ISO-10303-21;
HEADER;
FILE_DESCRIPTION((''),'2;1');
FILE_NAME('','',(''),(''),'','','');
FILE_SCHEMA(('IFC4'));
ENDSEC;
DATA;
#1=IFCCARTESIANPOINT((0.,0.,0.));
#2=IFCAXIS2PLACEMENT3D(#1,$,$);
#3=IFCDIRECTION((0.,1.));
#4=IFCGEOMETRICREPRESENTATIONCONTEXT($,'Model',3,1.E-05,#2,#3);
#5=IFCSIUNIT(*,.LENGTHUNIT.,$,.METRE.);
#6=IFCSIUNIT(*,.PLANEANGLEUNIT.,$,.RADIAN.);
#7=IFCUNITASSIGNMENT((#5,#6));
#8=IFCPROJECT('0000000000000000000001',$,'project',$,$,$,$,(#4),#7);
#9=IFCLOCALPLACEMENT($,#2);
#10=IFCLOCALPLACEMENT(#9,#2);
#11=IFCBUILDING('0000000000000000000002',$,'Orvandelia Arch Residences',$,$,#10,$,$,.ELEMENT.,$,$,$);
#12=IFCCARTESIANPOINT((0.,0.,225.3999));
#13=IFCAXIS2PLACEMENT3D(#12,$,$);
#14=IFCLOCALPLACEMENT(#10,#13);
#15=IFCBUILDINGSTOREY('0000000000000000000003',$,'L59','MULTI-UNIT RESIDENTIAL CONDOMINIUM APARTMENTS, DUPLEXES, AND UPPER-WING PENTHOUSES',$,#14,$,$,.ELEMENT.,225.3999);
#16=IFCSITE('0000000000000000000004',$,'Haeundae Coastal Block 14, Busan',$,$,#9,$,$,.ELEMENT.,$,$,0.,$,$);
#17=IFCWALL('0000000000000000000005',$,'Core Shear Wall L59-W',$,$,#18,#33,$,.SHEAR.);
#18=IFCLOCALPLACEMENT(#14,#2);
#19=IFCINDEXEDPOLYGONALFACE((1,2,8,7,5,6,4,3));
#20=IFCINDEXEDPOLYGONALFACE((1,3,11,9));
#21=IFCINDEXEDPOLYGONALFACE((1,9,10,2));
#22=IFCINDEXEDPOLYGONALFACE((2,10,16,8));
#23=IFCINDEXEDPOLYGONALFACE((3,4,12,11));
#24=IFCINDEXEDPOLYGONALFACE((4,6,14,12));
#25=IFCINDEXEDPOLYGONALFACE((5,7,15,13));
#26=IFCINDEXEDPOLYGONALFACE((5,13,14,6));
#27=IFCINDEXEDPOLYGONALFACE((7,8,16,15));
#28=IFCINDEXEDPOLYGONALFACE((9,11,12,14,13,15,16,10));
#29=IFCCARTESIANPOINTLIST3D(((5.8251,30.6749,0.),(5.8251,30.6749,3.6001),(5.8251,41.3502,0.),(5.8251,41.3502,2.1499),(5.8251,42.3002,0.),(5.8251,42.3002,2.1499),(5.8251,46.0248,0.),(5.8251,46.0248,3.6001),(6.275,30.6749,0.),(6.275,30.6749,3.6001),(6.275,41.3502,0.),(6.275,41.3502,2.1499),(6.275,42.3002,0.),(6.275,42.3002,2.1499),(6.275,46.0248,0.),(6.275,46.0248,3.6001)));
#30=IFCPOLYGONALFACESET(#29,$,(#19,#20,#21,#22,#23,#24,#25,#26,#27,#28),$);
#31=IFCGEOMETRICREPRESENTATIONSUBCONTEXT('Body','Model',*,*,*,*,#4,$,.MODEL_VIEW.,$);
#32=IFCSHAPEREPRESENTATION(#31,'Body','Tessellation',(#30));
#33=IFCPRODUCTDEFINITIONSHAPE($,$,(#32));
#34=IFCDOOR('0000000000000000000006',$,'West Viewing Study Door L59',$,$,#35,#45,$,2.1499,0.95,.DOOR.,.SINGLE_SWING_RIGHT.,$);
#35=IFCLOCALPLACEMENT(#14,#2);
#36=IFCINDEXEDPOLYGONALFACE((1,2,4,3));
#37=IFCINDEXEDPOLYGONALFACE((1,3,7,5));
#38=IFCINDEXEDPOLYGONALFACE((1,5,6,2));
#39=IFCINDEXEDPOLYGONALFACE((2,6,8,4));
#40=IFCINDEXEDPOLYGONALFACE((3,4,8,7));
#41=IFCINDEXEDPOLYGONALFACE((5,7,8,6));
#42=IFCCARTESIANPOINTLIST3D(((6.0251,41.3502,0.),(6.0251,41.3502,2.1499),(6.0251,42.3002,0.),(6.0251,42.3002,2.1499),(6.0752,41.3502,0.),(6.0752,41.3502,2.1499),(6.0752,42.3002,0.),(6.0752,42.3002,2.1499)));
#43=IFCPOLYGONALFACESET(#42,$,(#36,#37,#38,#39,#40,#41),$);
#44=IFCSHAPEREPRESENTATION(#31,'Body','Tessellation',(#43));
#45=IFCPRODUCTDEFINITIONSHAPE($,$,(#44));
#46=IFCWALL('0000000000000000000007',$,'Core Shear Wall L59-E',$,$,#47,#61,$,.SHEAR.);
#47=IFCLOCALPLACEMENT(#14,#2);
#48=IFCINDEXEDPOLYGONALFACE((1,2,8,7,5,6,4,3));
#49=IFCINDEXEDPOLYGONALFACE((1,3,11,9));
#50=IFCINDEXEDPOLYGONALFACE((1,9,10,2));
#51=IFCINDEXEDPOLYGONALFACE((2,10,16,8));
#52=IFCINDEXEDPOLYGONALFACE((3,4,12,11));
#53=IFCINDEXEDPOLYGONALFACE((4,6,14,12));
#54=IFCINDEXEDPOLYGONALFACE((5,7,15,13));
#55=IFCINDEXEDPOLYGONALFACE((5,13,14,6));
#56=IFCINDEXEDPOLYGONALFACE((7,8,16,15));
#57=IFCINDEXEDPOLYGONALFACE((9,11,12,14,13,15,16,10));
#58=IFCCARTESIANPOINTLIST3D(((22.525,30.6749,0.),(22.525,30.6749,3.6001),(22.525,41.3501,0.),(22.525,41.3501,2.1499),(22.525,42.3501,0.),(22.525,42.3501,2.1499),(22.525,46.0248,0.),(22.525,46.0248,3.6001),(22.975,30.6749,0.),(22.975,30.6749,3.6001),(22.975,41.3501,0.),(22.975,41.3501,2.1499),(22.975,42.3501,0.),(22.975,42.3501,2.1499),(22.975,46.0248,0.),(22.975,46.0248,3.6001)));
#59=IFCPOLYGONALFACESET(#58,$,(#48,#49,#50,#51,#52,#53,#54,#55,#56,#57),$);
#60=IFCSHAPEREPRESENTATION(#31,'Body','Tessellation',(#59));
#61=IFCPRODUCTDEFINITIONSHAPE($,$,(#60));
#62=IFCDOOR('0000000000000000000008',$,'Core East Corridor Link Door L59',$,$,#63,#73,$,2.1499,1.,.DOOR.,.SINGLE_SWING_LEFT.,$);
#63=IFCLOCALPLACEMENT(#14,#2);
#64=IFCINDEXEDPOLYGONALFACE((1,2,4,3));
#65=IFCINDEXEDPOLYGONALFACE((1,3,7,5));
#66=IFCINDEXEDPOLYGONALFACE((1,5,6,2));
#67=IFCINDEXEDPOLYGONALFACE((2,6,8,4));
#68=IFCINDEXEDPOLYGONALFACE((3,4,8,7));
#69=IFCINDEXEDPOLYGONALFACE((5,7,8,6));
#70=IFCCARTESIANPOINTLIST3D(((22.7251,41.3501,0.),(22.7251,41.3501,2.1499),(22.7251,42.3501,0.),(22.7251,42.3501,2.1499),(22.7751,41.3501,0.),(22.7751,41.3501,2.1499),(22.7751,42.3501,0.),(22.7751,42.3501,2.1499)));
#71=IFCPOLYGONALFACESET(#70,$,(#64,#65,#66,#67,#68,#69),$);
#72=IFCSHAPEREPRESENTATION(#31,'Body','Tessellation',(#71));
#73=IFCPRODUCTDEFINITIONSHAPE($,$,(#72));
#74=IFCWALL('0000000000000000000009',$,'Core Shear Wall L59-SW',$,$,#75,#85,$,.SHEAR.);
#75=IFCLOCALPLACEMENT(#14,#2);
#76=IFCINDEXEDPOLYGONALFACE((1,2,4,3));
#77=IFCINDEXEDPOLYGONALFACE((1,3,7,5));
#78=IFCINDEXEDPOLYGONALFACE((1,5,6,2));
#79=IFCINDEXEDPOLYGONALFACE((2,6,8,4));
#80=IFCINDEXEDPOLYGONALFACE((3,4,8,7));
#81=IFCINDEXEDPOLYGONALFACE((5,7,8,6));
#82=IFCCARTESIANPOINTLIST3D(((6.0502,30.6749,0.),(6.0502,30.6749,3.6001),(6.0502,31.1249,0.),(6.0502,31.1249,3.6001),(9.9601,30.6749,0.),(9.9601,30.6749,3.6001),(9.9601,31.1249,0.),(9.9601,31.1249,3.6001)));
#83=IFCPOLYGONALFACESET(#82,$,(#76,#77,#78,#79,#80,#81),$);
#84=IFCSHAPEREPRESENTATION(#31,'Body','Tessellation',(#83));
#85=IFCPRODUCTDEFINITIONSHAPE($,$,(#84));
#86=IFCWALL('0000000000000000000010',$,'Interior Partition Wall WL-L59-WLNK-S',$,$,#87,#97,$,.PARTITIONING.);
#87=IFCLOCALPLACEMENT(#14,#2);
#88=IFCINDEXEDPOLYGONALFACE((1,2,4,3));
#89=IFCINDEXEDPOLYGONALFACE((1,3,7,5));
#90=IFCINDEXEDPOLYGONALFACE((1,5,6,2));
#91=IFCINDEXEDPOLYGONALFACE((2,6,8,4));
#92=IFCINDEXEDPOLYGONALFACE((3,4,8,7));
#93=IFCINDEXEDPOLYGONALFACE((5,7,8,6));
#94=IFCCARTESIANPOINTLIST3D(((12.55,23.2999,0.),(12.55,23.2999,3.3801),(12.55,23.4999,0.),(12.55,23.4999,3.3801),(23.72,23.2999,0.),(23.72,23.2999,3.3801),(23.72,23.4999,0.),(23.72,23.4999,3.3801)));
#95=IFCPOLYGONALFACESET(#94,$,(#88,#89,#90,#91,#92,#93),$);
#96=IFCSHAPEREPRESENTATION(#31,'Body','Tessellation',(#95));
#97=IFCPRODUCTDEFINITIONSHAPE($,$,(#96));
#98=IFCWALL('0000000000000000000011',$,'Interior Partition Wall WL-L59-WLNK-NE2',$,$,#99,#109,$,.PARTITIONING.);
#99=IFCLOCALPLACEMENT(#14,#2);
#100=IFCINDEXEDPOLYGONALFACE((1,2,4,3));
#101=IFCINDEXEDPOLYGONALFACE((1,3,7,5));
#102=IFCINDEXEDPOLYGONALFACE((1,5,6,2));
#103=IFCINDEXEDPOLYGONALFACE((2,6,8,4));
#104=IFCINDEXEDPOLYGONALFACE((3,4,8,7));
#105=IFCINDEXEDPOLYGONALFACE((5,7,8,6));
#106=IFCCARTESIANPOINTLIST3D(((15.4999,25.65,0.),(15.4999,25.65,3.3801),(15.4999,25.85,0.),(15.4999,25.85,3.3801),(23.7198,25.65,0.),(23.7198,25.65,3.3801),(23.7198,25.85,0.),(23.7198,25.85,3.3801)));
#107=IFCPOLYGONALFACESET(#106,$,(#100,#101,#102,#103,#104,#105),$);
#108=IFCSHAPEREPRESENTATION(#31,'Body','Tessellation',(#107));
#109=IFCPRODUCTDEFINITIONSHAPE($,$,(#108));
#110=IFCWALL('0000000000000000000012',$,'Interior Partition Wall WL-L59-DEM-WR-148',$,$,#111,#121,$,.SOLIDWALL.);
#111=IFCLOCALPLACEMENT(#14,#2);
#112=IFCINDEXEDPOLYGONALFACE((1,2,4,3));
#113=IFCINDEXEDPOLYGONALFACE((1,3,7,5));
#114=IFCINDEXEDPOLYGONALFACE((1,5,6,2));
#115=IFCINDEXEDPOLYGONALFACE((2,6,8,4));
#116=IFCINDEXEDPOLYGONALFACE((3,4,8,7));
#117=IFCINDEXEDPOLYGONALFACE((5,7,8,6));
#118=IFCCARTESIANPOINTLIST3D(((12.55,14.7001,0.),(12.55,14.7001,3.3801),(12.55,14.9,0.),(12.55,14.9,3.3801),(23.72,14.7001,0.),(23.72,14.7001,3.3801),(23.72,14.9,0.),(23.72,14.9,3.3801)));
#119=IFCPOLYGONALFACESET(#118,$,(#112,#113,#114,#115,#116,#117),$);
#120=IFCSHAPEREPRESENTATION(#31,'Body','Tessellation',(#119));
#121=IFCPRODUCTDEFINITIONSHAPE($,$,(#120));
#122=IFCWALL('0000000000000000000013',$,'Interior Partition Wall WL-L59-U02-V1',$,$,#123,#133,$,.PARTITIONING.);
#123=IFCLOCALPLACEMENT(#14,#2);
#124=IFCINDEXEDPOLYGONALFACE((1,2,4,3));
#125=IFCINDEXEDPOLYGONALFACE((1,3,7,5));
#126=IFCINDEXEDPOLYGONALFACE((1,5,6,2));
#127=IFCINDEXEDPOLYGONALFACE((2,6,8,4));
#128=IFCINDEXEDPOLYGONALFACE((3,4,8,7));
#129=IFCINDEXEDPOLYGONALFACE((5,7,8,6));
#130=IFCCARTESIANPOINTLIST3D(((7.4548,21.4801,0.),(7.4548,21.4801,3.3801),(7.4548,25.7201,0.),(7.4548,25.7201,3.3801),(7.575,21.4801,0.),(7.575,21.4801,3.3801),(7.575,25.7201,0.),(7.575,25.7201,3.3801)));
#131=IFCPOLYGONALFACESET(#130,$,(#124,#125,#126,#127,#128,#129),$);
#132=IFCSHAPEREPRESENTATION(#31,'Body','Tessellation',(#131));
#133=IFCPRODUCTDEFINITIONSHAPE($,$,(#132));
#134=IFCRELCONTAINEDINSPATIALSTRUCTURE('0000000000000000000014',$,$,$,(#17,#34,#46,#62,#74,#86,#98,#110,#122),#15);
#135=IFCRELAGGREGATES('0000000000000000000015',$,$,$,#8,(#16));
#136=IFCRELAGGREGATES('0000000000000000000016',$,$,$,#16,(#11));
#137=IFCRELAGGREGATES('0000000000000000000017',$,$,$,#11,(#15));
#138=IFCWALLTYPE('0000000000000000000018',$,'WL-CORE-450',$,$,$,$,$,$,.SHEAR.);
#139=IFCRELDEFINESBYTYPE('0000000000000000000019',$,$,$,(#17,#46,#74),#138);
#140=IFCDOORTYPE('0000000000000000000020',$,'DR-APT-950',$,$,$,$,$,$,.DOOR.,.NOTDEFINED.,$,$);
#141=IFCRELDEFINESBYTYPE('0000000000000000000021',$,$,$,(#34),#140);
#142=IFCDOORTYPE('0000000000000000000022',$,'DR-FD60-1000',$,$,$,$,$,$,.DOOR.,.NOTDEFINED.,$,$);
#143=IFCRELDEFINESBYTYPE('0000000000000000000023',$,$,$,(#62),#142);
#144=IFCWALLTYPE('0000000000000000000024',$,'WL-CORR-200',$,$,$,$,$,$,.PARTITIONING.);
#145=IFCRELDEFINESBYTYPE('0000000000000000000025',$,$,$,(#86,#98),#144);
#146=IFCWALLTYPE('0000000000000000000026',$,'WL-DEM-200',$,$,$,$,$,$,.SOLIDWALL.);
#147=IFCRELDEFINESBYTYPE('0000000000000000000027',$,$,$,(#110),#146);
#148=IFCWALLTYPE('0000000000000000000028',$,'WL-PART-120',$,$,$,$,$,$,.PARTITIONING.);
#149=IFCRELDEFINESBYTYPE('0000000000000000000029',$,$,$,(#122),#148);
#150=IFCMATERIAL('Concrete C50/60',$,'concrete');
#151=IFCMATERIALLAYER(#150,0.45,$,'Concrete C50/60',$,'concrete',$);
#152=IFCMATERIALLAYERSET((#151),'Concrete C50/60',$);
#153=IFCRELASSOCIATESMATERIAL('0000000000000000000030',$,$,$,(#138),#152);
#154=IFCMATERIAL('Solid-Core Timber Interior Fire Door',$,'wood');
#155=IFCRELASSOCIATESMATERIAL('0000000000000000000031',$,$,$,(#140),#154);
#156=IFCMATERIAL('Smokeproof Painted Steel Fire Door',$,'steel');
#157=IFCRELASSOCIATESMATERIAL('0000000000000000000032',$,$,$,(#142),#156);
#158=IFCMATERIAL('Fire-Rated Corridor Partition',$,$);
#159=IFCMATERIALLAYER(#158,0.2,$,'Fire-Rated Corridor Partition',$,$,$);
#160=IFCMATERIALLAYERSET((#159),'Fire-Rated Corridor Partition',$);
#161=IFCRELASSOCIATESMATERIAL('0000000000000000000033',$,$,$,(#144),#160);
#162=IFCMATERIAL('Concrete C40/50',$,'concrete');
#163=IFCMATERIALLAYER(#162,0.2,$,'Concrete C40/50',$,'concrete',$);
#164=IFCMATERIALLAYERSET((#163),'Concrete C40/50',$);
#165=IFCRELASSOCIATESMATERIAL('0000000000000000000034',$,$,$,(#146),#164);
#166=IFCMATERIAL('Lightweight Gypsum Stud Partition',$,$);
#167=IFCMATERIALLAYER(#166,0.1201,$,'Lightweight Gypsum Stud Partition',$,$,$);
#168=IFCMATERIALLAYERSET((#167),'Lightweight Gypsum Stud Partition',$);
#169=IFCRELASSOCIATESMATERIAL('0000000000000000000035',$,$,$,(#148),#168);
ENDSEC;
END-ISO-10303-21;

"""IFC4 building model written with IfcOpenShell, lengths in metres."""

from ifc_helpers import new_model, si_unit, direction, frame, frame_2d, origin, place, context, subcontext, project, spatial, rectangle, extrude, material, layer, layer_set, type_object, element, fill, save


model = new_model("IFC4")

# Units and contexts
model_context = context("Model", 3, precision=1e-05, world=origin(), true_north=direction((0.0, 1.0)))
body_context = subcontext(model_context, "Body", "Model", "MODEL_VIEW")
ifc_project = project(units=[si_unit("LENGTHUNIT", "METRE"), si_unit("PLANEANGLEUNIT", "RADIAN")], contexts=[model_context])

# Site, building, storey
site_placement = place(None, origin())
site = spatial("IfcSite", under=ifc_project, at=site_placement, Name="Haeundae Coastal Block 14, Busan", CompositionType="ELEMENT", RefElevation=0.0)
building_placement = place(site_placement, origin())
building = spatial("IfcBuilding", under=site, at=building_placement, Name="Orvandelia Arch Residences", CompositionType="ELEMENT")
storey_placement = place(building_placement, frame((0.0, 0.0, 225.3999)))
storey = spatial("IfcBuildingStorey", under=building, at=storey_placement, Name="L59", Description="MULTI-UNIT RESIDENTIAL CONDOMINIUM APARTMENTS, DUPLEXES, AND UPPER-WING PENTHOUSES", CompositionType="ELEMENT", Elevation=225.3999)

# Walls, openings, doors
ifc_material_1 = material(Name="Concrete C50/60", Category="concrete")
ifc_layer_1 = layer(ifc_material_1, 0.45, Name="Concrete C50/60", Category="concrete")
ifc_layer_set_1 = layer_set([ifc_layer_1], Name="Concrete C50/60")
wall_type_1 = type_object("IfcWallType", Name="WL-CORE-450", PredefinedType="SHEAR", material=ifc_layer_set_1)
wall_1_placement = place(storey_placement, frame((6.05, 30.675, 0.0), z_axis=(0.0, 0.0, 1.0), x_axis=(0.0, 1.0, 0.0)))
wall_1 = element("IfcWall", 1, at=wall_1_placement, inside=storey, type_object=wall_type_1, Name="Core Shear Wall L59-W", PredefinedType="SHEAR", context=body_context, shape_type="SweptSolid", body=[
    extrude(rectangle(XDim=15.3499, YDim=0.45, at=frame_2d((7.6748, 0.0))), origin(), (0.0, 0.0, 1.0), 3.6001),
])
opening_1_placement = place(wall_1_placement, frame((10.675, 0.0, 0.0)))
opening_1 = element("IfcOpeningElement", 2, at=opening_1_placement, cuts=wall_1, PredefinedType="OPENING", context=body_context, shape_type="SweptSolid", body=[
    extrude(rectangle(XDim=0.95, YDim=2.1499, at=frame_2d((0.4751, 1.075))), frame((0.0, 0.2349, 0.0), z_axis=(0.0, -1.0, 0.0), x_axis=(1.0, 0.0, 0.0)), (0.0, 0.0, 1.0), 0.47),
])
ifc_material_2 = material(Name="Solid-Core Timber Interior Fire Door", Category="wood")
door_type_1 = type_object("IfcDoorType", Name="DR-APT-950", OperationType="NOTDEFINED", PredefinedType="DOOR", material=ifc_material_2)
door_1_placement = place(opening_1_placement, origin())
door_1 = element("IfcDoor", 3, at=door_1_placement, inside=storey, type_object=door_type_1, Name="West Viewing Study Door L59", OperationType="SINGLE_SWING_RIGHT", OverallHeight=2.1499, OverallWidth=0.95, PredefinedType="DOOR", context=body_context, shape_type="SweptSolid", body=[
    extrude(rectangle(XDim=0.95, YDim=2.1499, at=frame_2d((0.4751, 1.075))), frame((0.0, 0.0249, 0.0), z_axis=(0.0, -1.0, 0.0), x_axis=(1.0, 0.0, 0.0)), (0.0, 0.0, 1.0), 0.05),
])
fill(opening_1, door_1)
wall_2_placement = place(storey_placement, frame((22.75, 30.675, 0.0), z_axis=(0.0, 0.0, 1.0), x_axis=(0.0, 1.0, 0.0)))
wall_2 = element("IfcWall", 4, at=wall_2_placement, inside=storey, type_object=wall_type_1, Name="Core Shear Wall L59-E", PredefinedType="SHEAR", context=body_context, shape_type="SweptSolid", body=[
    extrude(rectangle(XDim=15.3499, YDim=0.45, at=frame_2d((7.6748, 0.0))), origin(), (0.0, 0.0, 1.0), 3.6001),
])
opening_2_placement = place(wall_2_placement, frame((10.675, 0.0, 0.0)))
opening_2 = element("IfcOpeningElement", 5, at=opening_2_placement, cuts=wall_2, PredefinedType="OPENING", context=body_context, shape_type="SweptSolid", body=[
    extrude(rectangle(XDim=1.0, YDim=2.1499, at=frame_2d((0.5, 1.075))), frame((0.0, 0.2349, 0.0), z_axis=(0.0, -1.0, 0.0), x_axis=(1.0, 0.0, 0.0)), (0.0, 0.0, 1.0), 0.47),
])
ifc_material_3 = material(Name="Smokeproof Painted Steel Fire Door", Category="steel")
door_type_2 = type_object("IfcDoorType", Name="DR-FD60-1000", OperationType="NOTDEFINED", PredefinedType="DOOR", material=ifc_material_3)
door_2_placement = place(opening_2_placement, origin())
door_2 = element("IfcDoor", 6, at=door_2_placement, inside=storey, type_object=door_type_2, Name="Core East Corridor Link Door L59", OperationType="SINGLE_SWING_LEFT", OverallHeight=2.1499, OverallWidth=1.0, PredefinedType="DOOR", context=body_context, shape_type="SweptSolid", body=[
    extrude(rectangle(XDim=1.0, YDim=2.1499, at=frame_2d((0.5, 1.075))), frame((0.0, 0.0249, 0.0), z_axis=(0.0, -1.0, 0.0), x_axis=(1.0, 0.0, 0.0)), (0.0, 0.0, 1.0), 0.05),
])
fill(opening_2, door_2)

# Walls
wall_3_placement = place(storey_placement, frame((6.05, 30.8999, 0.0), z_axis=(0.0, 0.0, 1.0), x_axis=(1.0, 0.0, 0.0)))
element("IfcWall", 7, at=wall_3_placement, inside=storey, type_object=wall_type_1, Name="Core Shear Wall L59-SW", PredefinedType="SHEAR", context=body_context, shape_type="SweptSolid", body=[
    extrude(rectangle(XDim=3.9099, YDim=0.45, at=frame_2d((1.9551, 0.0))), origin(), (0.0, 0.0, 1.0), 3.6001),
])
ifc_material_4 = material(Name="Fire-Rated Corridor Partition")
ifc_layer_2 = layer(ifc_material_4, 0.2, Name="Fire-Rated Corridor Partition")
ifc_layer_set_2 = layer_set([ifc_layer_2], Name="Fire-Rated Corridor Partition")
wall_type_2 = type_object("IfcWallType", Name="WL-CORR-200", PredefinedType="PARTITIONING", material=ifc_layer_set_2)
wall_4_placement = place(storey_placement, frame((12.55, 23.3999, 0.0), z_axis=(0.0, 0.0, 1.0), x_axis=(1.0, 0.0, 0.0)))
element("IfcWall", 8, at=wall_4_placement, inside=storey, type_object=wall_type_2, Name="Interior Partition Wall WL-L59-WLNK-S", PredefinedType="PARTITIONING", context=body_context, shape_type="SweptSolid", body=[
    extrude(rectangle(XDim=11.1699, YDim=0.2, at=frame_2d((5.585, 0.0))), origin(), (0.0, 0.0, 1.0), 3.3801),
])
wall_5_placement = place(storey_placement, frame((15.5, 25.75, 0.0), z_axis=(0.0, 0.0, 1.0), x_axis=(1.0, 0.0, 0.0)))
element("IfcWall", 9, at=wall_5_placement, inside=storey, type_object=wall_type_2, Name="Interior Partition Wall WL-L59-WLNK-NE2", PredefinedType="PARTITIONING", context=body_context, shape_type="SweptSolid", body=[
    extrude(rectangle(XDim=8.22, YDim=0.2, at=frame_2d((4.1099, 0.0))), origin(), (0.0, 0.0, 1.0), 3.3801),
])
ifc_material_5 = material(Name="Concrete C40/50", Category="concrete")
ifc_layer_3 = layer(ifc_material_5, 0.2, Name="Concrete C40/50", Category="concrete")
ifc_layer_set_3 = layer_set([ifc_layer_3], Name="Concrete C40/50")
wall_type_3 = type_object("IfcWallType", Name="WL-DEM-200", PredefinedType="SOLIDWALL", material=ifc_layer_set_3)
wall_6_placement = place(storey_placement, frame((12.55, 14.8, 0.0), z_axis=(0.0, 0.0, 1.0), x_axis=(1.0, 0.0, 0.0)))
element("IfcWall", 10, at=wall_6_placement, inside=storey, type_object=wall_type_3, Name="Interior Partition Wall WL-L59-DEM-WR-148", PredefinedType="SOLIDWALL", context=body_context, shape_type="SweptSolid", body=[
    extrude(rectangle(XDim=11.1699, YDim=0.2, at=frame_2d((5.585, 0.0))), origin(), (0.0, 0.0, 1.0), 3.3801),
])
ifc_material_6 = material(Name="Lightweight Gypsum Stud Partition")
ifc_layer_4 = layer(ifc_material_6, 0.1201, Name="Lightweight Gypsum Stud Partition")
ifc_layer_set_4 = layer_set([ifc_layer_4], Name="Lightweight Gypsum Stud Partition")
wall_type_4 = type_object("IfcWallType", Name="WL-PART-120", PredefinedType="PARTITIONING", material=ifc_layer_set_4)
wall_7_placement = place(storey_placement, frame((7.5149, 21.48, 0.0), z_axis=(0.0, 0.0, 1.0), x_axis=(0.0, 1.0, 0.0)))
element("IfcWall", 11, at=wall_7_placement, inside=storey, type_object=wall_type_4, Name="Interior Partition Wall WL-L59-U02-V1", PredefinedType="PARTITIONING", context=body_context, shape_type="SweptSolid", body=[
    extrude(rectangle(XDim=4.24, YDim=0.1201, at=frame_2d((2.1201, 0.0))), origin(), (0.0, 0.0, 1.0), 3.3801),
])

save(model, "model.ifc")
